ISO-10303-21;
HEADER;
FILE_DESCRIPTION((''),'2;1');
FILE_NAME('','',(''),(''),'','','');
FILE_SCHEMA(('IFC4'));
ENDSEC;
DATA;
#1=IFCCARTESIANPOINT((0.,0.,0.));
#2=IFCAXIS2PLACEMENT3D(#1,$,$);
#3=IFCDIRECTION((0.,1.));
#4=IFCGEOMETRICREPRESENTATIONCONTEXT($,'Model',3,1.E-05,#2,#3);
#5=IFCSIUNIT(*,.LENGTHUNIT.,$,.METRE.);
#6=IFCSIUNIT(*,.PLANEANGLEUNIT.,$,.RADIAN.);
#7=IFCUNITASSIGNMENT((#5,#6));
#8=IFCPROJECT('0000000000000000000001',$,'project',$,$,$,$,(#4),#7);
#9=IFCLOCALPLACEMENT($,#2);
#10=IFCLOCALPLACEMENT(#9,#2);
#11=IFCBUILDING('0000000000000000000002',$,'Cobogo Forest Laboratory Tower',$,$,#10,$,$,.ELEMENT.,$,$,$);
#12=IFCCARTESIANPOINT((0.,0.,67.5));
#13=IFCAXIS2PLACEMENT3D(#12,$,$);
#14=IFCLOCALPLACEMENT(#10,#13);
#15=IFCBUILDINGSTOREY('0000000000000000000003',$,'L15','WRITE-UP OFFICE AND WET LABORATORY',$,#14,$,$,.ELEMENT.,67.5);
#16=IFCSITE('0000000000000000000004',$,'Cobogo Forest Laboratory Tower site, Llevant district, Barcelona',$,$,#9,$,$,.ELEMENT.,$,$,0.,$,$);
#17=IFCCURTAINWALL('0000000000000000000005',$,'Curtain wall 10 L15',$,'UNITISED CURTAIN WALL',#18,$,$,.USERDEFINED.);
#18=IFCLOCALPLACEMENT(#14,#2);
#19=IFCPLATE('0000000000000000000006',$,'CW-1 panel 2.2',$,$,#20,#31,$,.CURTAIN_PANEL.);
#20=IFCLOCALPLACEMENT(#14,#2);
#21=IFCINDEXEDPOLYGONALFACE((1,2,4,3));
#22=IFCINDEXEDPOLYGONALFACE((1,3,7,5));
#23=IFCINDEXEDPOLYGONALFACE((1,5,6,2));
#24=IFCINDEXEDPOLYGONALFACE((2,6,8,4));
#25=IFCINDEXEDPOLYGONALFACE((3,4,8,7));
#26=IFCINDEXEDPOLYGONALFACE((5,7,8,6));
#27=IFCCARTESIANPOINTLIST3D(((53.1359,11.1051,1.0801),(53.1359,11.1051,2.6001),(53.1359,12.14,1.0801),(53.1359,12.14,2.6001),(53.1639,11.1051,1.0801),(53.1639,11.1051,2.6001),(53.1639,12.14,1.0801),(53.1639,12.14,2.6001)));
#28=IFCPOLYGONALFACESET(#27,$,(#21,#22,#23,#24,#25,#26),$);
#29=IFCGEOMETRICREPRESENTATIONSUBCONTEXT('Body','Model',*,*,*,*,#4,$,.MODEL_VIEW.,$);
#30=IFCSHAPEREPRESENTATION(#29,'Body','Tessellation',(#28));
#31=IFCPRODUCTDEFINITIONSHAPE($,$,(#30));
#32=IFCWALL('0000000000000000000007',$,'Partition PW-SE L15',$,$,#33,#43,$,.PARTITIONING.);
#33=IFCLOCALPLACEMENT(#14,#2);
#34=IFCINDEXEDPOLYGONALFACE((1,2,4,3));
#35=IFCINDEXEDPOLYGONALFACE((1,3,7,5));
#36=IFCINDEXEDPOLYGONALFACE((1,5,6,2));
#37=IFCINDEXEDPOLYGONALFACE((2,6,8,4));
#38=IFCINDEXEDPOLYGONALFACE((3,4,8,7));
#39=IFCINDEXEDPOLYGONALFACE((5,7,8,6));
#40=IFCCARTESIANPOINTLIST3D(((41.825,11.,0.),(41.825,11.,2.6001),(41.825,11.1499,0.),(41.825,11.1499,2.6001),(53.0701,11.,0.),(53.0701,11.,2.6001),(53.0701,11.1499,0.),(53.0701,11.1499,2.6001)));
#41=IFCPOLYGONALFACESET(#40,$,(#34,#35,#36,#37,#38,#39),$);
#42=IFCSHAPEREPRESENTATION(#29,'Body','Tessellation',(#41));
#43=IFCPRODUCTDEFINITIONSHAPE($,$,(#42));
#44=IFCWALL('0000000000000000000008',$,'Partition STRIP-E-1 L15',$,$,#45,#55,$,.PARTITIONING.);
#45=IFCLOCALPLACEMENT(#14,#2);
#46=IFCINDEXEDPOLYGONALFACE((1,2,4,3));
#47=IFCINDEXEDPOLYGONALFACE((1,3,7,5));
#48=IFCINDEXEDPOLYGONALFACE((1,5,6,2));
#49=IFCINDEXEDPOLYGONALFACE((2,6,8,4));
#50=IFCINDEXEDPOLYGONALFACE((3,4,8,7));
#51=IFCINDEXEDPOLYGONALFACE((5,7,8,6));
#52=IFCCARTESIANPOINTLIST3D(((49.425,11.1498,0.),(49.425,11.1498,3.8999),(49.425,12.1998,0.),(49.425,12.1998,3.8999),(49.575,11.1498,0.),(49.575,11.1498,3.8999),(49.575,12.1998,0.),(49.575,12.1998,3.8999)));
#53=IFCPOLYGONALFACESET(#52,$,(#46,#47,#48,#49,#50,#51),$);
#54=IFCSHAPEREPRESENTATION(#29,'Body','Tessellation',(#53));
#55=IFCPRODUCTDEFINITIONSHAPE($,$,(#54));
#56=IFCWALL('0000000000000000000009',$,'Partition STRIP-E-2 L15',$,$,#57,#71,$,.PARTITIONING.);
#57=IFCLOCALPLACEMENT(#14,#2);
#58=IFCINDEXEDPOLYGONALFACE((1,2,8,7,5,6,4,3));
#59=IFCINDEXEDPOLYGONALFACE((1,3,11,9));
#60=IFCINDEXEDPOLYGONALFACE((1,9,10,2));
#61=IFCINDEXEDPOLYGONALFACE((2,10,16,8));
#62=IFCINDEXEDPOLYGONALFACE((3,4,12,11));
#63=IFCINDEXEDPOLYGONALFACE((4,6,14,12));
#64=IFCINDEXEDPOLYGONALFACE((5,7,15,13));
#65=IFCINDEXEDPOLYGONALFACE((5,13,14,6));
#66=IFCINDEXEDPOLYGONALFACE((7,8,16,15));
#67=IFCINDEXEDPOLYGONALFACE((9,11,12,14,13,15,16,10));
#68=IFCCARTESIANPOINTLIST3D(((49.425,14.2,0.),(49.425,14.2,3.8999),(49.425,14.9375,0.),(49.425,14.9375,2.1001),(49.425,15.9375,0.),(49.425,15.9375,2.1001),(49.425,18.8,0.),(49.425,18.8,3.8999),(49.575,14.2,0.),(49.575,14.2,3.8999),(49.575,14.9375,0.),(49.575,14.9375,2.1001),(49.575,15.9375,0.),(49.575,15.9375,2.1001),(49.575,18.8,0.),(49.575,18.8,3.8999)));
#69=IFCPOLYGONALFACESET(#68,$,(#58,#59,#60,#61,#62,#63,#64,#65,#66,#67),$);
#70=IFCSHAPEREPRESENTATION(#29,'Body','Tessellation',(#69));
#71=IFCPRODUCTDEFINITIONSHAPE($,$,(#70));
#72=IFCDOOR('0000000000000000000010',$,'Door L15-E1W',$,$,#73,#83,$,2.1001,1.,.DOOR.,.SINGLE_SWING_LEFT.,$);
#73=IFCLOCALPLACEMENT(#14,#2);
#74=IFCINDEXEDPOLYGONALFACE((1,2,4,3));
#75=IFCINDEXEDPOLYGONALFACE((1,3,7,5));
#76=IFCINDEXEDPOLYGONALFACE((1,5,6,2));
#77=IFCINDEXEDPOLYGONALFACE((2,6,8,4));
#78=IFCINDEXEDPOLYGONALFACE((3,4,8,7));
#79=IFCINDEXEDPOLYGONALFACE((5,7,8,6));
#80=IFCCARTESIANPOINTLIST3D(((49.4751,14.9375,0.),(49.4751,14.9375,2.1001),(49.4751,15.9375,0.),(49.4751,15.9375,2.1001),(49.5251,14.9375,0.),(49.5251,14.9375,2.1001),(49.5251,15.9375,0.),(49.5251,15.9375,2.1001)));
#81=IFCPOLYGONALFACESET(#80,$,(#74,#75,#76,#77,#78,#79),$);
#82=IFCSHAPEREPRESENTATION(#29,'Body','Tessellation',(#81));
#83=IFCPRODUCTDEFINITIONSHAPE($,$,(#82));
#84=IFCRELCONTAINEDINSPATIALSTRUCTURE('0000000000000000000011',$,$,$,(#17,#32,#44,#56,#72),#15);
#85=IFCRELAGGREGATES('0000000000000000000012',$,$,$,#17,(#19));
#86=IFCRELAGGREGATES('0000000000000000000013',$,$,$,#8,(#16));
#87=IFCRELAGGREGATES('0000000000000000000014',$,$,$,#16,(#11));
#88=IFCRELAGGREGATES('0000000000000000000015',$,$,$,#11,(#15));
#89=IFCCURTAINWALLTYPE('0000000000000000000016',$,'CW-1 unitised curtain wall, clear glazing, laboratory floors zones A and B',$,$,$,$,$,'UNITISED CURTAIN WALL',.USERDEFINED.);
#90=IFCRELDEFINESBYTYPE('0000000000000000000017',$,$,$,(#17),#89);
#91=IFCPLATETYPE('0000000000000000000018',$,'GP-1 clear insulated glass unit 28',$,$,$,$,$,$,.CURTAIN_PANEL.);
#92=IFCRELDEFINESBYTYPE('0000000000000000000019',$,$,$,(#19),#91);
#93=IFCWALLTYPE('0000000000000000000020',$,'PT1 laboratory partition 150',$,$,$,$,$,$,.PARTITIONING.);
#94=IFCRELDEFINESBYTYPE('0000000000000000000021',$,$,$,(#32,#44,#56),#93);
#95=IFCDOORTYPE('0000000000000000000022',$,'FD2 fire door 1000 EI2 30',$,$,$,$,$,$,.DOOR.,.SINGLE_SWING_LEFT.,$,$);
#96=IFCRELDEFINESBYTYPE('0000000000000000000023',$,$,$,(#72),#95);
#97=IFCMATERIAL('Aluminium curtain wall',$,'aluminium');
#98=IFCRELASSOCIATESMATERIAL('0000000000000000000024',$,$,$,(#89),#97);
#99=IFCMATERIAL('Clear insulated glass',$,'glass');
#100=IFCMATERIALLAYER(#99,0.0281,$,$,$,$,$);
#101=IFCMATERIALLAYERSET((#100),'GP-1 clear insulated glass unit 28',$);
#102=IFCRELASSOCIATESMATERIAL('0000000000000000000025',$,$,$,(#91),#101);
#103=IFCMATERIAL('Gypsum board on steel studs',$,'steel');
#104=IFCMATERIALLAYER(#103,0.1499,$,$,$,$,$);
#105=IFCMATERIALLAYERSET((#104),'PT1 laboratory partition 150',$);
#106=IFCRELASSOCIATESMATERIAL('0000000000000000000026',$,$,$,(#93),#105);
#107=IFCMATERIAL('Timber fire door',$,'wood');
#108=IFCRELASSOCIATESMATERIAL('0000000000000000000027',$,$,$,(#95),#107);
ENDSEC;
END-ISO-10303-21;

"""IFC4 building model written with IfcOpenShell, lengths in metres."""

from ifc_helpers import new_model, si_unit, direction, frame, frame_2d, origin, origin_2d, place, context, subcontext, project, spatial, rectangle, extrude, material, layer, layer_set, type_object, element, fill, aggregate, save


model = new_model("IFC4")

# Units and contexts
model_context = context("Model", 3, precision=1e-05, world=origin(), true_north=direction((0.0, 1.0)))
body_context = subcontext(model_context, "Body", "Model", "MODEL_VIEW")
ifc_project = project(units=[si_unit("LENGTHUNIT", "METRE"), si_unit("PLANEANGLEUNIT", "RADIAN")], contexts=[model_context])

# Site, building, storey
site_placement = place(None, origin())
site = spatial("IfcSite", under=ifc_project, at=site_placement, Name="Cobogo Forest Laboratory Tower site, Llevant district, Barcelona", CompositionType="ELEMENT", RefElevation=0.0)
building_placement = place(site_placement, origin())
building = spatial("IfcBuilding", under=site, at=building_placement, Name="Cobogo Forest Laboratory Tower", CompositionType="ELEMENT")
storey_placement = place(building_placement, frame((0.0, 0.0, 67.5)))
storey = spatial("IfcBuildingStorey", under=building, at=storey_placement, Name="L15", Description="WRITE-UP OFFICE AND WET LABORATORY", CompositionType="ELEMENT", Elevation=67.5)

# Curtain wall
ifc_material_1 = material(Name="Aluminium curtain wall", Category="aluminium")
curtain_wall_type = type_object("IfcCurtainWallType", Name="CW-1 unitised curtain wall, clear glazing, laboratory floors zones A and B", ElementType="UNITISED CURTAIN WALL", PredefinedType="USERDEFINED", material=ifc_material_1)
curtain_wall_placement = place(storey_placement, origin())
curtain_wall = element("IfcCurtainWall", 1, at=curtain_wall_placement, inside=storey, type_object=curtain_wall_type, Name="Curtain wall 10 L15", ObjectType="UNITISED CURTAIN WALL", PredefinedType="USERDEFINED")

# Plate
ifc_material_2 = material(Name="Clear insulated glass", Category="glass")
ifc_layer_1 = layer(ifc_material_2, 0.0281)
ifc_layer_set_1 = layer_set([ifc_layer_1], Name="GP-1 clear insulated glass unit 28")
plate_type_1 = type_object("IfcPlateType", Name="GP-1 clear insulated glass unit 28", PredefinedType="CURTAIN_PANEL", material=ifc_layer_set_1)
plate_1_placement = place(storey_placement, frame((53.1499, 11.6226, 1.0801), z_axis=(0.0, 0.0, 1.0), x_axis=(0.0, 1.0, 0.0)))
plate_1 = element("IfcPlate", 2, at=plate_1_placement, type_object=plate_type_1, Name="CW-1 panel 2.2", PredefinedType="CURTAIN_PANEL", context=body_context, shape_type="SweptSolid", body=[
    extrude(rectangle(XDim=1.0349, YDim=0.0281, at=origin_2d()), origin(), (0.0, 0.0, 1.0), 1.52),
])
aggregate(curtain_wall, [plate_1])

# Walls
ifc_material_3 = material(Name="Gypsum board on steel studs", Category="steel")
ifc_layer_2 = layer(ifc_material_3, 0.1499)
ifc_layer_set_2 = layer_set([ifc_layer_2], Name="PT1 laboratory partition 150")
wall_type = type_object("IfcWallType", Name="PT1 laboratory partition 150", PredefinedType="PARTITIONING", material=ifc_layer_set_2)
wall_1_placement = place(storey_placement, frame((53.0701, 11.075, 0.0), z_axis=(0.0, 0.0, 1.0), x_axis=(-1.0, 0.0, 0.0)))
element("IfcWall", 3, at=wall_1_placement, inside=storey, type_object=wall_type, Name="Partition PW-SE L15", PredefinedType="PARTITIONING", context=body_context, shape_type="SweptSolid", body=[
    extrude(rectangle(XDim=11.2451, YDim=0.1499, at=frame_2d((5.6226, 0.0))), origin(), (0.0, 0.0, 1.0), 2.6001),
])
wall_2_placement = place(storey_placement, frame((49.5, 11.1499, 0.0), z_axis=(0.0, 0.0, 1.0), x_axis=(0.0, 1.0, 0.0)))
element("IfcWall", 4, at=wall_2_placement, inside=storey, type_object=wall_type, Name="Partition STRIP-E-1 L15", PredefinedType="PARTITIONING", context=body_context, shape_type="SweptSolid", body=[
    extrude(rectangle(XDim=1.05, YDim=0.1499, at=frame_2d((0.5249, 0.0))), origin(), (0.0, 0.0, 1.0), 3.8999),
])

# Wall, opening, door
wall_3_placement = place(storey_placement, frame((49.5, 14.2, 0.0), z_axis=(0.0, 0.0, 1.0), x_axis=(0.0, 1.0, 0.0)))
wall_3 = element("IfcWall", 5, at=wall_3_placement, inside=storey, type_object=wall_type, Name="Partition STRIP-E-2 L15", PredefinedType="PARTITIONING", context=body_context, shape_type="SweptSolid", body=[
    extrude(rectangle(XDim=4.6001, YDim=0.1499, at=frame_2d((2.3, 0.0))), origin(), (0.0, 0.0, 1.0), 3.8999),
])
opening_placement = place(wall_3_placement, frame((0.7375, 0.0, 0.0)))
opening = element("IfcOpeningElement", 6, at=opening_placement, cuts=wall_3, PredefinedType="OPENING", context=body_context, shape_type="SweptSolid", body=[
    extrude(rectangle(XDim=1.0, YDim=2.1001, at=frame_2d((0.5, 1.05))), frame((0.0, 0.085, 0.0), z_axis=(0.0, -1.0, 0.0), x_axis=(1.0, 0.0, 0.0)), (0.0, 0.0, 1.0), 0.1699),
])
ifc_material_4 = material(Name="Timber fire door", Category="wood")
door_type = type_object("IfcDoorType", Name="FD2 fire door 1000 EI2 30", OperationType="SINGLE_SWING_LEFT", PredefinedType="DOOR", material=ifc_material_4)
door_placement = place(opening_placement, origin())
door = element("IfcDoor", 7, at=door_placement, inside=storey, type_object=door_type, Name="Door L15-E1W", OperationType="SINGLE_SWING_LEFT", OverallHeight=2.1001, OverallWidth=1.0, PredefinedType="DOOR", context=body_context, shape_type="SweptSolid", body=[
    extrude(rectangle(XDim=1.0, YDim=2.1001, at=frame_2d((0.5, 1.05))), frame((0.0, 0.0249, 0.0), z_axis=(0.0, -1.0, 0.0), x_axis=(1.0, 0.0, 0.0)), (0.0, 0.0, 1.0), 0.05),
])
fill(opening, door)

save(model, "model.ifc")
